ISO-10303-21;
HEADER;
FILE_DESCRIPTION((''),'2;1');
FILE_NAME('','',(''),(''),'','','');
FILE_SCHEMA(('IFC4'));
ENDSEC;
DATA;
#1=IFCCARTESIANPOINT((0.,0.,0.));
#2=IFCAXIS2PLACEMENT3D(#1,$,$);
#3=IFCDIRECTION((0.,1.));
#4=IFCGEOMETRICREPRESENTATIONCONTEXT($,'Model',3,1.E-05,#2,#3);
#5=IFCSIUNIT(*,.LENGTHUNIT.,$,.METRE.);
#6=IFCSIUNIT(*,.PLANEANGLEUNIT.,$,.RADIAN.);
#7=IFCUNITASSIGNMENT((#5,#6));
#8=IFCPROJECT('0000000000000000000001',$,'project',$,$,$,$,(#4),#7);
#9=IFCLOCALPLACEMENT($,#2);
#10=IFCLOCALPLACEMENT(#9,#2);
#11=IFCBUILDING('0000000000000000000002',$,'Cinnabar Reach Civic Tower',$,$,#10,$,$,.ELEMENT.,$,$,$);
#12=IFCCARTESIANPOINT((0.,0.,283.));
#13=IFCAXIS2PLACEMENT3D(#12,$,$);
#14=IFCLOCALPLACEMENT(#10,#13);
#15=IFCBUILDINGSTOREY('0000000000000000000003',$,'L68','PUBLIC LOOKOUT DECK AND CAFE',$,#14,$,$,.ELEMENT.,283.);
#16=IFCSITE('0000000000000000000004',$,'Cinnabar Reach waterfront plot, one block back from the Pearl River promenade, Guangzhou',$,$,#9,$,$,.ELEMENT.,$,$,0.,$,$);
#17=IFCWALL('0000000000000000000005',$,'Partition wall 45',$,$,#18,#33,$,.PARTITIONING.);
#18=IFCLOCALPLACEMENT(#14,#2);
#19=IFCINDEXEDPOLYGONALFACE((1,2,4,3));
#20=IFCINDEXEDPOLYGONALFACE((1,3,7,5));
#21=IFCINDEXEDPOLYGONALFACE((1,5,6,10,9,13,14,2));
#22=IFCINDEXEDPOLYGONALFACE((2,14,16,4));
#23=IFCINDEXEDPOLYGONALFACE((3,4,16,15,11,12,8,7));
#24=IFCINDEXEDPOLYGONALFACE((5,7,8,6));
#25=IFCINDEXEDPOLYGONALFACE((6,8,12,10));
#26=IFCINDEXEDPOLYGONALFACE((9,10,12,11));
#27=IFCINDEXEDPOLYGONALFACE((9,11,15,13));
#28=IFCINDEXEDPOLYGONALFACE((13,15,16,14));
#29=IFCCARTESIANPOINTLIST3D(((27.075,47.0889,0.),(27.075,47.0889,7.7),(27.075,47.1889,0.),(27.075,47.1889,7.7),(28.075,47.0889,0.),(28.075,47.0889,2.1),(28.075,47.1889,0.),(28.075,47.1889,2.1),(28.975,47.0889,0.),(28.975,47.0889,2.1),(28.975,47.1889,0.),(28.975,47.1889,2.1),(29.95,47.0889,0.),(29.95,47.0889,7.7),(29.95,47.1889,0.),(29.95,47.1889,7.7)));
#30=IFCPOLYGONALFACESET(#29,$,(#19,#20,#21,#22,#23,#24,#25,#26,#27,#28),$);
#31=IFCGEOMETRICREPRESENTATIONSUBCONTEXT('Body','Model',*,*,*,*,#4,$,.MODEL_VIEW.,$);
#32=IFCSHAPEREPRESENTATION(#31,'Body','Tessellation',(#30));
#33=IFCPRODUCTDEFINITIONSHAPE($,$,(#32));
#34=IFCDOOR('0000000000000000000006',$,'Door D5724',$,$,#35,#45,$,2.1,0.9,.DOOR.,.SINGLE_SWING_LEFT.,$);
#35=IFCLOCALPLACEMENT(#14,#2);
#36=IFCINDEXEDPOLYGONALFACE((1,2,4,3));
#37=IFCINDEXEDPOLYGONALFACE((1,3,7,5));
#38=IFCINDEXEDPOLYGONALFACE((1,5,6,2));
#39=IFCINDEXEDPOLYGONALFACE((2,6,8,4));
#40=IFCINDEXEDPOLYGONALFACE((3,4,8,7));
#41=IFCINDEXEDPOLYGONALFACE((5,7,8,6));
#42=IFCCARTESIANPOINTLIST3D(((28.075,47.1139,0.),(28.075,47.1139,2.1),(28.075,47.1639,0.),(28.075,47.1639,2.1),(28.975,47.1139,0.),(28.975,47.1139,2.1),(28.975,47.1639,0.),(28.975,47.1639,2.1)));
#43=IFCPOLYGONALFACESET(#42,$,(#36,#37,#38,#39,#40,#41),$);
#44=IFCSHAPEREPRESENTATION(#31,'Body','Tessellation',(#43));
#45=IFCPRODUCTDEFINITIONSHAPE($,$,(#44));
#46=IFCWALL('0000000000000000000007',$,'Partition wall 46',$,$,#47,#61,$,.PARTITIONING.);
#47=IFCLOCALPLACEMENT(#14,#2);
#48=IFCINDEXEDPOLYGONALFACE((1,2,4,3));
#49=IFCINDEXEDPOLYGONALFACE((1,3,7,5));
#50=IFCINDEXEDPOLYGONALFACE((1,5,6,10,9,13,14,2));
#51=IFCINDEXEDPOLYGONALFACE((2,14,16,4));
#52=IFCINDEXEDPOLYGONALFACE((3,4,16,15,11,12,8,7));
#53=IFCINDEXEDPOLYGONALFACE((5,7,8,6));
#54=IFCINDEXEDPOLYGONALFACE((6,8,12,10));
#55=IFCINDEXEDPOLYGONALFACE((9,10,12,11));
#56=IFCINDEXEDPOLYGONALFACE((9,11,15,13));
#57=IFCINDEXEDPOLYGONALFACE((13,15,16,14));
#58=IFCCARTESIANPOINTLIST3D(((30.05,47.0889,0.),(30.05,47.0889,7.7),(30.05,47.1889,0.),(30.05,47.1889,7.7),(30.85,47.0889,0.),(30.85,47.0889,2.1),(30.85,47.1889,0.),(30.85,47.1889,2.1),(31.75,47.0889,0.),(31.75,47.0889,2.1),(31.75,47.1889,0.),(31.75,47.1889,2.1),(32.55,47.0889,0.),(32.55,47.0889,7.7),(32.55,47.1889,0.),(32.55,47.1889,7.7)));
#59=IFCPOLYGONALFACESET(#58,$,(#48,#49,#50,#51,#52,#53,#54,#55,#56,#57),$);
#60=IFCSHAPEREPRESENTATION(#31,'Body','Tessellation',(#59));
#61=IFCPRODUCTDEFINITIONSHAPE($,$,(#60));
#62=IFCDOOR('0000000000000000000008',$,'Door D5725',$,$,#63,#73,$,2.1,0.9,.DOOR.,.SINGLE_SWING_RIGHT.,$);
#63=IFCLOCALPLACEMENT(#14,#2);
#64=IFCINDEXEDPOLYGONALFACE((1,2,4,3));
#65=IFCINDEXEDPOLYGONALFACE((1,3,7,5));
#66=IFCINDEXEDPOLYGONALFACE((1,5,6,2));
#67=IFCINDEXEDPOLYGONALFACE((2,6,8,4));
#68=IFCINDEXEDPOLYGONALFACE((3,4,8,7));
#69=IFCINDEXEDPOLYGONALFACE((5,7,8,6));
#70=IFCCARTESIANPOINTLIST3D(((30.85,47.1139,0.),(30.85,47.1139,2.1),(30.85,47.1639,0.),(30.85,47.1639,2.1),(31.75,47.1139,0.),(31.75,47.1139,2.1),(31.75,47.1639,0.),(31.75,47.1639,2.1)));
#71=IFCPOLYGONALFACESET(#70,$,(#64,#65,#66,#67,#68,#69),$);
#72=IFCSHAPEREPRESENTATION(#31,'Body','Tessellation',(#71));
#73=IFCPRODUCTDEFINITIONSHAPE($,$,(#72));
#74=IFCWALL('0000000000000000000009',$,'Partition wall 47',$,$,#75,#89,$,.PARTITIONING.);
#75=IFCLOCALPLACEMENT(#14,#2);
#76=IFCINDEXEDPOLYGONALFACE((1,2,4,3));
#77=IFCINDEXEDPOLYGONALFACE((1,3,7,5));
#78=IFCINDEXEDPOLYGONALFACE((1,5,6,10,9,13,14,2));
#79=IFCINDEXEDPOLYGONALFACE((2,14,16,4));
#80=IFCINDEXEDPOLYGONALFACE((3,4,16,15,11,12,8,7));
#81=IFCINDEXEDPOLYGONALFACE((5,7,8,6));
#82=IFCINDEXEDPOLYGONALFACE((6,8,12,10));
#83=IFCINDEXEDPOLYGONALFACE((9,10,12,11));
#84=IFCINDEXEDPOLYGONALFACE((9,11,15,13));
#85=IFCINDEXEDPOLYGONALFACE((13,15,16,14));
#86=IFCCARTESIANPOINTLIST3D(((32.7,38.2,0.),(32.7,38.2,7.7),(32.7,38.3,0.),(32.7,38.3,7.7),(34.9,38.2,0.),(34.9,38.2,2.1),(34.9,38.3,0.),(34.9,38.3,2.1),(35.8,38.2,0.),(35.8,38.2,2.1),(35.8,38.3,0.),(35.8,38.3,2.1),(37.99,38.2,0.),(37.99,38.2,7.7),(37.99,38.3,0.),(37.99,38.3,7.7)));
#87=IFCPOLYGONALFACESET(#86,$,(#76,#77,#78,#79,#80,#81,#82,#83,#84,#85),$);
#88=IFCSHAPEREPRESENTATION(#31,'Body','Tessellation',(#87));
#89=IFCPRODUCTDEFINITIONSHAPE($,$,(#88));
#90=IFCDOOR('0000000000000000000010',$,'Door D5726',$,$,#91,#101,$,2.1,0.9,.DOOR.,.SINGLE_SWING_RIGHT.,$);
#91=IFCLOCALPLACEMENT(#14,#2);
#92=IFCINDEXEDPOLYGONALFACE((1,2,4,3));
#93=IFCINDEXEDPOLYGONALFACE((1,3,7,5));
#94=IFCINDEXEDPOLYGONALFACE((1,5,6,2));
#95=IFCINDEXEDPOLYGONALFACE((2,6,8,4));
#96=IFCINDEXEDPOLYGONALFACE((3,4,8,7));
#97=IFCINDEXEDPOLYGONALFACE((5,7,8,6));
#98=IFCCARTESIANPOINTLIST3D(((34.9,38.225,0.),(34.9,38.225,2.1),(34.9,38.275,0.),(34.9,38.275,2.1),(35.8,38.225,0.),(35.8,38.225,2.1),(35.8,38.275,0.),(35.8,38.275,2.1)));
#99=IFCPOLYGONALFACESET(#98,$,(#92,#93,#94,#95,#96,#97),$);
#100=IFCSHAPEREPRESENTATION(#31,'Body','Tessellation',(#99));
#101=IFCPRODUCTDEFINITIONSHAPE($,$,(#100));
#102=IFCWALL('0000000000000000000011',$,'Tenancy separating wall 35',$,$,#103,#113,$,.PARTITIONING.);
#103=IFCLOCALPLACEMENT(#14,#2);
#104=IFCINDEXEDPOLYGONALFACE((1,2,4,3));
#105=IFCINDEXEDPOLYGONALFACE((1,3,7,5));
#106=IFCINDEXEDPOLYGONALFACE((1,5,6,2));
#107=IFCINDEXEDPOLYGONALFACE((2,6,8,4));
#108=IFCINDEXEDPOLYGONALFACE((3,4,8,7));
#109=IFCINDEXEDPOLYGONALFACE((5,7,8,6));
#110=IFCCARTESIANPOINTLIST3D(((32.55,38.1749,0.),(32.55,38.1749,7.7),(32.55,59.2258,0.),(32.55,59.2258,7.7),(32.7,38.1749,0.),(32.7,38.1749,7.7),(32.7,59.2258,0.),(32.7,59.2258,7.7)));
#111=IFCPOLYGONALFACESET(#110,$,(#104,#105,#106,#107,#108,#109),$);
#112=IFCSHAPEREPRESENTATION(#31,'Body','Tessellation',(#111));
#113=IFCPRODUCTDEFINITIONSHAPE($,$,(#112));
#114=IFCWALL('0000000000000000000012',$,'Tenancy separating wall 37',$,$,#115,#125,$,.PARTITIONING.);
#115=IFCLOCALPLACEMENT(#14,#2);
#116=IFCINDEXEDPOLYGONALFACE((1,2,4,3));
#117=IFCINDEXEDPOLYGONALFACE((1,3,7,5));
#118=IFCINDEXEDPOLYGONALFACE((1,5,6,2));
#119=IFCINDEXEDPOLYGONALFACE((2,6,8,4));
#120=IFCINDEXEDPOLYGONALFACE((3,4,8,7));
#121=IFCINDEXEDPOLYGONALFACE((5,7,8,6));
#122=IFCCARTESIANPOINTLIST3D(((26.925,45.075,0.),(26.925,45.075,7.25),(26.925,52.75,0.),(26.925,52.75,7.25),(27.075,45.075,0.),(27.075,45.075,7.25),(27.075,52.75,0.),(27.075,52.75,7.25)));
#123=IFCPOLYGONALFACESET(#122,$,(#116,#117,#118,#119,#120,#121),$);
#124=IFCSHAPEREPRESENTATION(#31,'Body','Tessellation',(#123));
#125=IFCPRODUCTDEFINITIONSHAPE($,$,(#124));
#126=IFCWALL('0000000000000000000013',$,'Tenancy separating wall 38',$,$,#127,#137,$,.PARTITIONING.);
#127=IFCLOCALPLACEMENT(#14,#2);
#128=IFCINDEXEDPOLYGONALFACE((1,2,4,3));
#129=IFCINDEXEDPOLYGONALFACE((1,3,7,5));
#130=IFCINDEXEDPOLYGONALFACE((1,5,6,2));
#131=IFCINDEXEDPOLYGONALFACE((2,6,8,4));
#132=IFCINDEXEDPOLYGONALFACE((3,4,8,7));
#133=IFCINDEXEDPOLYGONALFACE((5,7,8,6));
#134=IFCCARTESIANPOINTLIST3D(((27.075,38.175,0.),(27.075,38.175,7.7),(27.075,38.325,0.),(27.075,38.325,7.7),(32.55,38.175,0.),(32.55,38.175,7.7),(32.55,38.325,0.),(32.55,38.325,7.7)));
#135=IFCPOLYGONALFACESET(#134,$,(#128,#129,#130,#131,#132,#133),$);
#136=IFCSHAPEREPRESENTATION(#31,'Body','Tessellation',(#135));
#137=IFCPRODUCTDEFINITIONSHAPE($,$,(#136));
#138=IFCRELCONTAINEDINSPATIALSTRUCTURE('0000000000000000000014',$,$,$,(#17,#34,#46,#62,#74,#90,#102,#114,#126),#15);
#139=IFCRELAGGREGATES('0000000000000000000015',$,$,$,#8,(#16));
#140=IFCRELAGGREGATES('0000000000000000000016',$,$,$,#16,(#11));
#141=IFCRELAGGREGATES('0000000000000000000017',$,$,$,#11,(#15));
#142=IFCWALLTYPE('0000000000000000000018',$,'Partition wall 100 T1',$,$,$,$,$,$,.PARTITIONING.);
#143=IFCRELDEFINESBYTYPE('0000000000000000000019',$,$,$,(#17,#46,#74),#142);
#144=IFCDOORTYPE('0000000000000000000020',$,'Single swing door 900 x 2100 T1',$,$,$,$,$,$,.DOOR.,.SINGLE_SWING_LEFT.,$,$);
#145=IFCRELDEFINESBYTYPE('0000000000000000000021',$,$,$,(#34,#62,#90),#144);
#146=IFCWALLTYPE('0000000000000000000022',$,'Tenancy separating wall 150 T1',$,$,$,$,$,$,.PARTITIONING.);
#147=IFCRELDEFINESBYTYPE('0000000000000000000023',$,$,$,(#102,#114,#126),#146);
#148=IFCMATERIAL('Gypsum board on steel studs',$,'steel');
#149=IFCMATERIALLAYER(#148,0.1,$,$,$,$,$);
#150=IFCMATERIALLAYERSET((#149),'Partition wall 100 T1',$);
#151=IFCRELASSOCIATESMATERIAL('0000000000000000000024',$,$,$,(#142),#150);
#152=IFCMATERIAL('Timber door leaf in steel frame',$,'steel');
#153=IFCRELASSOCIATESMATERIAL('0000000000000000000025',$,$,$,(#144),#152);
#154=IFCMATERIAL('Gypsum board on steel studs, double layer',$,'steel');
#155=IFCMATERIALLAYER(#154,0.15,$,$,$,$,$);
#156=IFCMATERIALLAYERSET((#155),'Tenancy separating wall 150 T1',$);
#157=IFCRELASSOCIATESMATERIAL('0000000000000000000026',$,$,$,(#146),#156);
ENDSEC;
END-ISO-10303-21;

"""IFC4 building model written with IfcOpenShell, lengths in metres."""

from ifc_helpers import new_model, si_unit, direction, frame, frame_2d, origin, place, context, subcontext, project, spatial, rectangle, extrude, material, layer, layer_set, type_object, element, fill, save


model = new_model("IFC4")

# Units and contexts
model_context = context("Model", 3, precision=1e-05, world=origin(), true_north=direction((0.0, 1.0)))
body_context = subcontext(model_context, "Body", "Model", "MODEL_VIEW")
ifc_project = project(units=[si_unit("LENGTHUNIT", "METRE"), si_unit("PLANEANGLEUNIT", "RADIAN")], contexts=[model_context])

# Site, building, storey
site_placement = place(None, origin())
site = spatial("IfcSite", under=ifc_project, at=site_placement, Name="Cinnabar Reach waterfront plot, one block back from the Pearl River promenade, Guangzhou", CompositionType="ELEMENT", RefElevation=0.0)
building_placement = place(site_placement, origin())
building = spatial("IfcBuilding", under=site, at=building_placement, Name="Cinnabar Reach Civic Tower", CompositionType="ELEMENT")
storey_placement = place(building_placement, frame((0.0, 0.0, 283.0)))
storey = spatial("IfcBuildingStorey", under=building, at=storey_placement, Name="L68", Description="PUBLIC LOOKOUT DECK AND CAFE", CompositionType="ELEMENT", Elevation=283.0)

# Shared definitions
ifc_material_1 = material(Name="Gypsum board on steel studs, double layer", Category="steel")

# Shared definitions
ifc_material_2 = material(Name="Timber door leaf in steel frame", Category="steel")

# Shared definitions
ifc_material_3 = material(Name="Gypsum board on steel studs", Category="steel")
ifc_layer_1 = layer(ifc_material_3, 0.1)
ifc_layer_set_1 = layer_set([ifc_layer_1], Name="Partition wall 100 T1")
wall_type_1 = type_object("IfcWallType", Name="Partition wall 100 T1", PredefinedType="PARTITIONING", material=ifc_layer_set_1)

# Walls, openings, doors
wall_1_placement = place(storey_placement, frame((27.075, 47.1389, 0.0), z_axis=(0.0, 0.0, 1.0), x_axis=(1.0, 0.0, 0.0)))
wall_1 = element("IfcWall", 1, at=wall_1_placement, inside=storey, type_object=wall_type_1, Name="Partition wall 45", PredefinedType="PARTITIONING", context=body_context, shape_type="SweptSolid", body=[
    extrude(rectangle(XDim=2.875, YDim=0.1, at=frame_2d((1.4375, 0.0))), origin(), (0.0, 0.0, 1.0), 7.7),
])
opening_1_placement = place(wall_1_placement, frame((1.0, 0.0, 0.0)))
opening_1 = element("IfcOpeningElement", 2, at=opening_1_placement, cuts=wall_1, PredefinedType="OPENING", context=body_context, shape_type="SweptSolid", body=[
    extrude(rectangle(XDim=0.9, YDim=2.1, at=frame_2d((0.45, 1.05))), frame((0.0, 0.06, 0.0), z_axis=(0.0, -1.0, 0.0), x_axis=(1.0, 0.0, 0.0)), (0.0, 0.0, 1.0), 0.12),
])
door_type_1 = type_object("IfcDoorType", Name="Single swing door 900 x 2100 T1", OperationType="SINGLE_SWING_LEFT", PredefinedType="DOOR", material=ifc_material_2)
door_1_placement = place(opening_1_placement, origin())
door_1 = element("IfcDoor", 3, at=door_1_placement, inside=storey, type_object=door_type_1, Name="Door D5724", OperationType="SINGLE_SWING_LEFT", OverallHeight=2.1, OverallWidth=0.9, PredefinedType="DOOR", context=body_context, shape_type="SweptSolid", body=[
    extrude(rectangle(XDim=0.9, YDim=2.1, at=frame_2d((0.45, 1.05))), frame((0.0, 0.025, 0.0), z_axis=(0.0, -1.0, 0.0), x_axis=(1.0, 0.0, 0.0)), (0.0, 0.0, 1.0), 0.05),
])
fill(opening_1, door_1)
wall_2_placement = place(storey_placement, frame((30.05, 47.1389, 0.0), z_axis=(0.0, 0.0, 1.0), x_axis=(1.0, 0.0, 0.0)))
wall_2 = element("IfcWall", 4, at=wall_2_placement, inside=storey, type_object=wall_type_1, Name="Partition wall 46", PredefinedType="PARTITIONING", context=body_context, shape_type="SweptSolid", body=[
    extrude(rectangle(XDim=2.5, YDim=0.1, at=frame_2d((1.25, 0.0))), origin(), (0.0, 0.0, 1.0), 7.7),
])
opening_2_placement = place(wall_2_placement, frame((0.8, 0.0, 0.0)))
opening_2 = element("IfcOpeningElement", 5, at=opening_2_placement, cuts=wall_2, PredefinedType="OPENING", context=body_context, shape_type="SweptSolid", body=[
    extrude(rectangle(XDim=0.9, YDim=2.1, at=frame_2d((0.45, 1.05))), frame((0.0, 0.06, 0.0), z_axis=(0.0, -1.0, 0.0), x_axis=(1.0, 0.0, 0.0)), (0.0, 0.0, 1.0), 0.12),
])
door_2_placement = place(opening_2_placement, origin())
door_2 = element("IfcDoor", 6, at=door_2_placement, inside=storey, type_object=door_type_1, Name="Door D5725", OperationType="SINGLE_SWING_RIGHT", OverallHeight=2.1, OverallWidth=0.9, PredefinedType="DOOR", context=body_context, shape_type="SweptSolid", body=[
    extrude(rectangle(XDim=0.9, YDim=2.1, at=frame_2d((0.45, 1.05))), frame((0.0, 0.025, 0.0), z_axis=(0.0, -1.0, 0.0), x_axis=(1.0, 0.0, 0.0)), (0.0, 0.0, 1.0), 0.05),
])
fill(opening_2, door_2)
wall_3_placement = place(storey_placement, frame((32.7, 38.25, 0.0), z_axis=(0.0, 0.0, 1.0), x_axis=(1.0, 0.0, 0.0)))
wall_3 = element("IfcWall", 7, at=wall_3_placement, inside=storey, type_object=wall_type_1, Name="Partition wall 47", PredefinedType="PARTITIONING", context=body_context, shape_type="SweptSolid", body=[
    extrude(rectangle(XDim=5.29, YDim=0.1, at=frame_2d((2.645, 0.0))), origin(), (0.0, 0.0, 1.0), 7.7),
])
opening_3_placement = place(wall_3_placement, frame((2.2, 0.0, 0.0)))
opening_3 = element("IfcOpeningElement", 8, at=opening_3_placement, cuts=wall_3, PredefinedType="OPENING", context=body_context, shape_type="SweptSolid", body=[
    extrude(rectangle(XDim=0.9, YDim=2.1, at=frame_2d((0.45, 1.05))), frame((0.0, 0.06, 0.0), z_axis=(0.0, -1.0, 0.0), x_axis=(1.0, 0.0, 0.0)), (0.0, 0.0, 1.0), 0.12),
])
door_3_placement = place(opening_3_placement, frame((0.9, 0.0, 0.0), z_axis=(0.0, 0.0, 1.0), x_axis=(-1.0, 0.0, 0.0)))
door_3 = element("IfcDoor", 9, at=door_3_placement, inside=storey, type_object=door_type_1, Name="Door D5726", OperationType="SINGLE_SWING_RIGHT", OverallHeight=2.1, OverallWidth=0.9, PredefinedType="DOOR", context=body_context, shape_type="SweptSolid", body=[
    extrude(rectangle(XDim=0.9, YDim=2.1, at=frame_2d((0.45, 1.05))), frame((0.0, 0.025, 0.0), z_axis=(0.0, -1.0, 0.0), x_axis=(1.0, 0.0, 0.0)), (0.0, 0.0, 1.0), 0.05),
])
fill(opening_3, door_3)

# Walls
ifc_layer_2 = layer(ifc_material_1, 0.15)
ifc_layer_set_2 = layer_set([ifc_layer_2], Name="Tenancy separating wall 150 T1")
wall_type_2 = type_object("IfcWallType", Name="Tenancy separating wall 150 T1", PredefinedType="PARTITIONING", material=ifc_layer_set_2)
wall_4_placement = place(storey_placement, frame((32.625, 38.175, 0.0), z_axis=(0.0, 0.0, 1.0), x_axis=(0.0, 1.0, 0.0)))
element("IfcWall", 10, at=wall_4_placement, inside=storey, type_object=wall_type_2, Name="Tenancy separating wall 35", PredefinedType="PARTITIONING", context=body_context, shape_type="SweptSolid", body=[
    extrude(rectangle(XDim=21.0509, YDim=0.15, at=frame_2d((10.5254, 0.0))), origin(), (0.0, 0.0, 1.0), 7.7),
])
wall_5_placement = place(storey_placement, frame((27.0, 45.075, 0.0), z_axis=(0.0, 0.0, 1.0), x_axis=(0.0, 1.0, 0.0)))
element("IfcWall", 11, at=wall_5_placement, inside=storey, type_object=wall_type_2, Name="Tenancy separating wall 37", PredefinedType="PARTITIONING", context=body_context, shape_type="SweptSolid", body=[
    extrude(rectangle(XDim=7.675, YDim=0.15, at=frame_2d((3.8375, 0.0))), origin(), (0.0, 0.0, 1.0), 7.25),
])
wall_6_placement = place(storey_placement, frame((27.075, 38.25, 0.0), z_axis=(0.0, 0.0, 1.0), x_axis=(1.0, 0.0, 0.0)))
element("IfcWall", 12, at=wall_6_placement, inside=storey, type_object=wall_type_2, Name="Tenancy separating wall 38", PredefinedType="PARTITIONING", context=body_context, shape_type="SweptSolid", body=[
    extrude(rectangle(XDim=5.475, YDim=0.15, at=frame_2d((2.7375, 0.0))), origin(), (0.0, 0.0, 1.0), 7.7),
])

save(model, "model.ifc")
